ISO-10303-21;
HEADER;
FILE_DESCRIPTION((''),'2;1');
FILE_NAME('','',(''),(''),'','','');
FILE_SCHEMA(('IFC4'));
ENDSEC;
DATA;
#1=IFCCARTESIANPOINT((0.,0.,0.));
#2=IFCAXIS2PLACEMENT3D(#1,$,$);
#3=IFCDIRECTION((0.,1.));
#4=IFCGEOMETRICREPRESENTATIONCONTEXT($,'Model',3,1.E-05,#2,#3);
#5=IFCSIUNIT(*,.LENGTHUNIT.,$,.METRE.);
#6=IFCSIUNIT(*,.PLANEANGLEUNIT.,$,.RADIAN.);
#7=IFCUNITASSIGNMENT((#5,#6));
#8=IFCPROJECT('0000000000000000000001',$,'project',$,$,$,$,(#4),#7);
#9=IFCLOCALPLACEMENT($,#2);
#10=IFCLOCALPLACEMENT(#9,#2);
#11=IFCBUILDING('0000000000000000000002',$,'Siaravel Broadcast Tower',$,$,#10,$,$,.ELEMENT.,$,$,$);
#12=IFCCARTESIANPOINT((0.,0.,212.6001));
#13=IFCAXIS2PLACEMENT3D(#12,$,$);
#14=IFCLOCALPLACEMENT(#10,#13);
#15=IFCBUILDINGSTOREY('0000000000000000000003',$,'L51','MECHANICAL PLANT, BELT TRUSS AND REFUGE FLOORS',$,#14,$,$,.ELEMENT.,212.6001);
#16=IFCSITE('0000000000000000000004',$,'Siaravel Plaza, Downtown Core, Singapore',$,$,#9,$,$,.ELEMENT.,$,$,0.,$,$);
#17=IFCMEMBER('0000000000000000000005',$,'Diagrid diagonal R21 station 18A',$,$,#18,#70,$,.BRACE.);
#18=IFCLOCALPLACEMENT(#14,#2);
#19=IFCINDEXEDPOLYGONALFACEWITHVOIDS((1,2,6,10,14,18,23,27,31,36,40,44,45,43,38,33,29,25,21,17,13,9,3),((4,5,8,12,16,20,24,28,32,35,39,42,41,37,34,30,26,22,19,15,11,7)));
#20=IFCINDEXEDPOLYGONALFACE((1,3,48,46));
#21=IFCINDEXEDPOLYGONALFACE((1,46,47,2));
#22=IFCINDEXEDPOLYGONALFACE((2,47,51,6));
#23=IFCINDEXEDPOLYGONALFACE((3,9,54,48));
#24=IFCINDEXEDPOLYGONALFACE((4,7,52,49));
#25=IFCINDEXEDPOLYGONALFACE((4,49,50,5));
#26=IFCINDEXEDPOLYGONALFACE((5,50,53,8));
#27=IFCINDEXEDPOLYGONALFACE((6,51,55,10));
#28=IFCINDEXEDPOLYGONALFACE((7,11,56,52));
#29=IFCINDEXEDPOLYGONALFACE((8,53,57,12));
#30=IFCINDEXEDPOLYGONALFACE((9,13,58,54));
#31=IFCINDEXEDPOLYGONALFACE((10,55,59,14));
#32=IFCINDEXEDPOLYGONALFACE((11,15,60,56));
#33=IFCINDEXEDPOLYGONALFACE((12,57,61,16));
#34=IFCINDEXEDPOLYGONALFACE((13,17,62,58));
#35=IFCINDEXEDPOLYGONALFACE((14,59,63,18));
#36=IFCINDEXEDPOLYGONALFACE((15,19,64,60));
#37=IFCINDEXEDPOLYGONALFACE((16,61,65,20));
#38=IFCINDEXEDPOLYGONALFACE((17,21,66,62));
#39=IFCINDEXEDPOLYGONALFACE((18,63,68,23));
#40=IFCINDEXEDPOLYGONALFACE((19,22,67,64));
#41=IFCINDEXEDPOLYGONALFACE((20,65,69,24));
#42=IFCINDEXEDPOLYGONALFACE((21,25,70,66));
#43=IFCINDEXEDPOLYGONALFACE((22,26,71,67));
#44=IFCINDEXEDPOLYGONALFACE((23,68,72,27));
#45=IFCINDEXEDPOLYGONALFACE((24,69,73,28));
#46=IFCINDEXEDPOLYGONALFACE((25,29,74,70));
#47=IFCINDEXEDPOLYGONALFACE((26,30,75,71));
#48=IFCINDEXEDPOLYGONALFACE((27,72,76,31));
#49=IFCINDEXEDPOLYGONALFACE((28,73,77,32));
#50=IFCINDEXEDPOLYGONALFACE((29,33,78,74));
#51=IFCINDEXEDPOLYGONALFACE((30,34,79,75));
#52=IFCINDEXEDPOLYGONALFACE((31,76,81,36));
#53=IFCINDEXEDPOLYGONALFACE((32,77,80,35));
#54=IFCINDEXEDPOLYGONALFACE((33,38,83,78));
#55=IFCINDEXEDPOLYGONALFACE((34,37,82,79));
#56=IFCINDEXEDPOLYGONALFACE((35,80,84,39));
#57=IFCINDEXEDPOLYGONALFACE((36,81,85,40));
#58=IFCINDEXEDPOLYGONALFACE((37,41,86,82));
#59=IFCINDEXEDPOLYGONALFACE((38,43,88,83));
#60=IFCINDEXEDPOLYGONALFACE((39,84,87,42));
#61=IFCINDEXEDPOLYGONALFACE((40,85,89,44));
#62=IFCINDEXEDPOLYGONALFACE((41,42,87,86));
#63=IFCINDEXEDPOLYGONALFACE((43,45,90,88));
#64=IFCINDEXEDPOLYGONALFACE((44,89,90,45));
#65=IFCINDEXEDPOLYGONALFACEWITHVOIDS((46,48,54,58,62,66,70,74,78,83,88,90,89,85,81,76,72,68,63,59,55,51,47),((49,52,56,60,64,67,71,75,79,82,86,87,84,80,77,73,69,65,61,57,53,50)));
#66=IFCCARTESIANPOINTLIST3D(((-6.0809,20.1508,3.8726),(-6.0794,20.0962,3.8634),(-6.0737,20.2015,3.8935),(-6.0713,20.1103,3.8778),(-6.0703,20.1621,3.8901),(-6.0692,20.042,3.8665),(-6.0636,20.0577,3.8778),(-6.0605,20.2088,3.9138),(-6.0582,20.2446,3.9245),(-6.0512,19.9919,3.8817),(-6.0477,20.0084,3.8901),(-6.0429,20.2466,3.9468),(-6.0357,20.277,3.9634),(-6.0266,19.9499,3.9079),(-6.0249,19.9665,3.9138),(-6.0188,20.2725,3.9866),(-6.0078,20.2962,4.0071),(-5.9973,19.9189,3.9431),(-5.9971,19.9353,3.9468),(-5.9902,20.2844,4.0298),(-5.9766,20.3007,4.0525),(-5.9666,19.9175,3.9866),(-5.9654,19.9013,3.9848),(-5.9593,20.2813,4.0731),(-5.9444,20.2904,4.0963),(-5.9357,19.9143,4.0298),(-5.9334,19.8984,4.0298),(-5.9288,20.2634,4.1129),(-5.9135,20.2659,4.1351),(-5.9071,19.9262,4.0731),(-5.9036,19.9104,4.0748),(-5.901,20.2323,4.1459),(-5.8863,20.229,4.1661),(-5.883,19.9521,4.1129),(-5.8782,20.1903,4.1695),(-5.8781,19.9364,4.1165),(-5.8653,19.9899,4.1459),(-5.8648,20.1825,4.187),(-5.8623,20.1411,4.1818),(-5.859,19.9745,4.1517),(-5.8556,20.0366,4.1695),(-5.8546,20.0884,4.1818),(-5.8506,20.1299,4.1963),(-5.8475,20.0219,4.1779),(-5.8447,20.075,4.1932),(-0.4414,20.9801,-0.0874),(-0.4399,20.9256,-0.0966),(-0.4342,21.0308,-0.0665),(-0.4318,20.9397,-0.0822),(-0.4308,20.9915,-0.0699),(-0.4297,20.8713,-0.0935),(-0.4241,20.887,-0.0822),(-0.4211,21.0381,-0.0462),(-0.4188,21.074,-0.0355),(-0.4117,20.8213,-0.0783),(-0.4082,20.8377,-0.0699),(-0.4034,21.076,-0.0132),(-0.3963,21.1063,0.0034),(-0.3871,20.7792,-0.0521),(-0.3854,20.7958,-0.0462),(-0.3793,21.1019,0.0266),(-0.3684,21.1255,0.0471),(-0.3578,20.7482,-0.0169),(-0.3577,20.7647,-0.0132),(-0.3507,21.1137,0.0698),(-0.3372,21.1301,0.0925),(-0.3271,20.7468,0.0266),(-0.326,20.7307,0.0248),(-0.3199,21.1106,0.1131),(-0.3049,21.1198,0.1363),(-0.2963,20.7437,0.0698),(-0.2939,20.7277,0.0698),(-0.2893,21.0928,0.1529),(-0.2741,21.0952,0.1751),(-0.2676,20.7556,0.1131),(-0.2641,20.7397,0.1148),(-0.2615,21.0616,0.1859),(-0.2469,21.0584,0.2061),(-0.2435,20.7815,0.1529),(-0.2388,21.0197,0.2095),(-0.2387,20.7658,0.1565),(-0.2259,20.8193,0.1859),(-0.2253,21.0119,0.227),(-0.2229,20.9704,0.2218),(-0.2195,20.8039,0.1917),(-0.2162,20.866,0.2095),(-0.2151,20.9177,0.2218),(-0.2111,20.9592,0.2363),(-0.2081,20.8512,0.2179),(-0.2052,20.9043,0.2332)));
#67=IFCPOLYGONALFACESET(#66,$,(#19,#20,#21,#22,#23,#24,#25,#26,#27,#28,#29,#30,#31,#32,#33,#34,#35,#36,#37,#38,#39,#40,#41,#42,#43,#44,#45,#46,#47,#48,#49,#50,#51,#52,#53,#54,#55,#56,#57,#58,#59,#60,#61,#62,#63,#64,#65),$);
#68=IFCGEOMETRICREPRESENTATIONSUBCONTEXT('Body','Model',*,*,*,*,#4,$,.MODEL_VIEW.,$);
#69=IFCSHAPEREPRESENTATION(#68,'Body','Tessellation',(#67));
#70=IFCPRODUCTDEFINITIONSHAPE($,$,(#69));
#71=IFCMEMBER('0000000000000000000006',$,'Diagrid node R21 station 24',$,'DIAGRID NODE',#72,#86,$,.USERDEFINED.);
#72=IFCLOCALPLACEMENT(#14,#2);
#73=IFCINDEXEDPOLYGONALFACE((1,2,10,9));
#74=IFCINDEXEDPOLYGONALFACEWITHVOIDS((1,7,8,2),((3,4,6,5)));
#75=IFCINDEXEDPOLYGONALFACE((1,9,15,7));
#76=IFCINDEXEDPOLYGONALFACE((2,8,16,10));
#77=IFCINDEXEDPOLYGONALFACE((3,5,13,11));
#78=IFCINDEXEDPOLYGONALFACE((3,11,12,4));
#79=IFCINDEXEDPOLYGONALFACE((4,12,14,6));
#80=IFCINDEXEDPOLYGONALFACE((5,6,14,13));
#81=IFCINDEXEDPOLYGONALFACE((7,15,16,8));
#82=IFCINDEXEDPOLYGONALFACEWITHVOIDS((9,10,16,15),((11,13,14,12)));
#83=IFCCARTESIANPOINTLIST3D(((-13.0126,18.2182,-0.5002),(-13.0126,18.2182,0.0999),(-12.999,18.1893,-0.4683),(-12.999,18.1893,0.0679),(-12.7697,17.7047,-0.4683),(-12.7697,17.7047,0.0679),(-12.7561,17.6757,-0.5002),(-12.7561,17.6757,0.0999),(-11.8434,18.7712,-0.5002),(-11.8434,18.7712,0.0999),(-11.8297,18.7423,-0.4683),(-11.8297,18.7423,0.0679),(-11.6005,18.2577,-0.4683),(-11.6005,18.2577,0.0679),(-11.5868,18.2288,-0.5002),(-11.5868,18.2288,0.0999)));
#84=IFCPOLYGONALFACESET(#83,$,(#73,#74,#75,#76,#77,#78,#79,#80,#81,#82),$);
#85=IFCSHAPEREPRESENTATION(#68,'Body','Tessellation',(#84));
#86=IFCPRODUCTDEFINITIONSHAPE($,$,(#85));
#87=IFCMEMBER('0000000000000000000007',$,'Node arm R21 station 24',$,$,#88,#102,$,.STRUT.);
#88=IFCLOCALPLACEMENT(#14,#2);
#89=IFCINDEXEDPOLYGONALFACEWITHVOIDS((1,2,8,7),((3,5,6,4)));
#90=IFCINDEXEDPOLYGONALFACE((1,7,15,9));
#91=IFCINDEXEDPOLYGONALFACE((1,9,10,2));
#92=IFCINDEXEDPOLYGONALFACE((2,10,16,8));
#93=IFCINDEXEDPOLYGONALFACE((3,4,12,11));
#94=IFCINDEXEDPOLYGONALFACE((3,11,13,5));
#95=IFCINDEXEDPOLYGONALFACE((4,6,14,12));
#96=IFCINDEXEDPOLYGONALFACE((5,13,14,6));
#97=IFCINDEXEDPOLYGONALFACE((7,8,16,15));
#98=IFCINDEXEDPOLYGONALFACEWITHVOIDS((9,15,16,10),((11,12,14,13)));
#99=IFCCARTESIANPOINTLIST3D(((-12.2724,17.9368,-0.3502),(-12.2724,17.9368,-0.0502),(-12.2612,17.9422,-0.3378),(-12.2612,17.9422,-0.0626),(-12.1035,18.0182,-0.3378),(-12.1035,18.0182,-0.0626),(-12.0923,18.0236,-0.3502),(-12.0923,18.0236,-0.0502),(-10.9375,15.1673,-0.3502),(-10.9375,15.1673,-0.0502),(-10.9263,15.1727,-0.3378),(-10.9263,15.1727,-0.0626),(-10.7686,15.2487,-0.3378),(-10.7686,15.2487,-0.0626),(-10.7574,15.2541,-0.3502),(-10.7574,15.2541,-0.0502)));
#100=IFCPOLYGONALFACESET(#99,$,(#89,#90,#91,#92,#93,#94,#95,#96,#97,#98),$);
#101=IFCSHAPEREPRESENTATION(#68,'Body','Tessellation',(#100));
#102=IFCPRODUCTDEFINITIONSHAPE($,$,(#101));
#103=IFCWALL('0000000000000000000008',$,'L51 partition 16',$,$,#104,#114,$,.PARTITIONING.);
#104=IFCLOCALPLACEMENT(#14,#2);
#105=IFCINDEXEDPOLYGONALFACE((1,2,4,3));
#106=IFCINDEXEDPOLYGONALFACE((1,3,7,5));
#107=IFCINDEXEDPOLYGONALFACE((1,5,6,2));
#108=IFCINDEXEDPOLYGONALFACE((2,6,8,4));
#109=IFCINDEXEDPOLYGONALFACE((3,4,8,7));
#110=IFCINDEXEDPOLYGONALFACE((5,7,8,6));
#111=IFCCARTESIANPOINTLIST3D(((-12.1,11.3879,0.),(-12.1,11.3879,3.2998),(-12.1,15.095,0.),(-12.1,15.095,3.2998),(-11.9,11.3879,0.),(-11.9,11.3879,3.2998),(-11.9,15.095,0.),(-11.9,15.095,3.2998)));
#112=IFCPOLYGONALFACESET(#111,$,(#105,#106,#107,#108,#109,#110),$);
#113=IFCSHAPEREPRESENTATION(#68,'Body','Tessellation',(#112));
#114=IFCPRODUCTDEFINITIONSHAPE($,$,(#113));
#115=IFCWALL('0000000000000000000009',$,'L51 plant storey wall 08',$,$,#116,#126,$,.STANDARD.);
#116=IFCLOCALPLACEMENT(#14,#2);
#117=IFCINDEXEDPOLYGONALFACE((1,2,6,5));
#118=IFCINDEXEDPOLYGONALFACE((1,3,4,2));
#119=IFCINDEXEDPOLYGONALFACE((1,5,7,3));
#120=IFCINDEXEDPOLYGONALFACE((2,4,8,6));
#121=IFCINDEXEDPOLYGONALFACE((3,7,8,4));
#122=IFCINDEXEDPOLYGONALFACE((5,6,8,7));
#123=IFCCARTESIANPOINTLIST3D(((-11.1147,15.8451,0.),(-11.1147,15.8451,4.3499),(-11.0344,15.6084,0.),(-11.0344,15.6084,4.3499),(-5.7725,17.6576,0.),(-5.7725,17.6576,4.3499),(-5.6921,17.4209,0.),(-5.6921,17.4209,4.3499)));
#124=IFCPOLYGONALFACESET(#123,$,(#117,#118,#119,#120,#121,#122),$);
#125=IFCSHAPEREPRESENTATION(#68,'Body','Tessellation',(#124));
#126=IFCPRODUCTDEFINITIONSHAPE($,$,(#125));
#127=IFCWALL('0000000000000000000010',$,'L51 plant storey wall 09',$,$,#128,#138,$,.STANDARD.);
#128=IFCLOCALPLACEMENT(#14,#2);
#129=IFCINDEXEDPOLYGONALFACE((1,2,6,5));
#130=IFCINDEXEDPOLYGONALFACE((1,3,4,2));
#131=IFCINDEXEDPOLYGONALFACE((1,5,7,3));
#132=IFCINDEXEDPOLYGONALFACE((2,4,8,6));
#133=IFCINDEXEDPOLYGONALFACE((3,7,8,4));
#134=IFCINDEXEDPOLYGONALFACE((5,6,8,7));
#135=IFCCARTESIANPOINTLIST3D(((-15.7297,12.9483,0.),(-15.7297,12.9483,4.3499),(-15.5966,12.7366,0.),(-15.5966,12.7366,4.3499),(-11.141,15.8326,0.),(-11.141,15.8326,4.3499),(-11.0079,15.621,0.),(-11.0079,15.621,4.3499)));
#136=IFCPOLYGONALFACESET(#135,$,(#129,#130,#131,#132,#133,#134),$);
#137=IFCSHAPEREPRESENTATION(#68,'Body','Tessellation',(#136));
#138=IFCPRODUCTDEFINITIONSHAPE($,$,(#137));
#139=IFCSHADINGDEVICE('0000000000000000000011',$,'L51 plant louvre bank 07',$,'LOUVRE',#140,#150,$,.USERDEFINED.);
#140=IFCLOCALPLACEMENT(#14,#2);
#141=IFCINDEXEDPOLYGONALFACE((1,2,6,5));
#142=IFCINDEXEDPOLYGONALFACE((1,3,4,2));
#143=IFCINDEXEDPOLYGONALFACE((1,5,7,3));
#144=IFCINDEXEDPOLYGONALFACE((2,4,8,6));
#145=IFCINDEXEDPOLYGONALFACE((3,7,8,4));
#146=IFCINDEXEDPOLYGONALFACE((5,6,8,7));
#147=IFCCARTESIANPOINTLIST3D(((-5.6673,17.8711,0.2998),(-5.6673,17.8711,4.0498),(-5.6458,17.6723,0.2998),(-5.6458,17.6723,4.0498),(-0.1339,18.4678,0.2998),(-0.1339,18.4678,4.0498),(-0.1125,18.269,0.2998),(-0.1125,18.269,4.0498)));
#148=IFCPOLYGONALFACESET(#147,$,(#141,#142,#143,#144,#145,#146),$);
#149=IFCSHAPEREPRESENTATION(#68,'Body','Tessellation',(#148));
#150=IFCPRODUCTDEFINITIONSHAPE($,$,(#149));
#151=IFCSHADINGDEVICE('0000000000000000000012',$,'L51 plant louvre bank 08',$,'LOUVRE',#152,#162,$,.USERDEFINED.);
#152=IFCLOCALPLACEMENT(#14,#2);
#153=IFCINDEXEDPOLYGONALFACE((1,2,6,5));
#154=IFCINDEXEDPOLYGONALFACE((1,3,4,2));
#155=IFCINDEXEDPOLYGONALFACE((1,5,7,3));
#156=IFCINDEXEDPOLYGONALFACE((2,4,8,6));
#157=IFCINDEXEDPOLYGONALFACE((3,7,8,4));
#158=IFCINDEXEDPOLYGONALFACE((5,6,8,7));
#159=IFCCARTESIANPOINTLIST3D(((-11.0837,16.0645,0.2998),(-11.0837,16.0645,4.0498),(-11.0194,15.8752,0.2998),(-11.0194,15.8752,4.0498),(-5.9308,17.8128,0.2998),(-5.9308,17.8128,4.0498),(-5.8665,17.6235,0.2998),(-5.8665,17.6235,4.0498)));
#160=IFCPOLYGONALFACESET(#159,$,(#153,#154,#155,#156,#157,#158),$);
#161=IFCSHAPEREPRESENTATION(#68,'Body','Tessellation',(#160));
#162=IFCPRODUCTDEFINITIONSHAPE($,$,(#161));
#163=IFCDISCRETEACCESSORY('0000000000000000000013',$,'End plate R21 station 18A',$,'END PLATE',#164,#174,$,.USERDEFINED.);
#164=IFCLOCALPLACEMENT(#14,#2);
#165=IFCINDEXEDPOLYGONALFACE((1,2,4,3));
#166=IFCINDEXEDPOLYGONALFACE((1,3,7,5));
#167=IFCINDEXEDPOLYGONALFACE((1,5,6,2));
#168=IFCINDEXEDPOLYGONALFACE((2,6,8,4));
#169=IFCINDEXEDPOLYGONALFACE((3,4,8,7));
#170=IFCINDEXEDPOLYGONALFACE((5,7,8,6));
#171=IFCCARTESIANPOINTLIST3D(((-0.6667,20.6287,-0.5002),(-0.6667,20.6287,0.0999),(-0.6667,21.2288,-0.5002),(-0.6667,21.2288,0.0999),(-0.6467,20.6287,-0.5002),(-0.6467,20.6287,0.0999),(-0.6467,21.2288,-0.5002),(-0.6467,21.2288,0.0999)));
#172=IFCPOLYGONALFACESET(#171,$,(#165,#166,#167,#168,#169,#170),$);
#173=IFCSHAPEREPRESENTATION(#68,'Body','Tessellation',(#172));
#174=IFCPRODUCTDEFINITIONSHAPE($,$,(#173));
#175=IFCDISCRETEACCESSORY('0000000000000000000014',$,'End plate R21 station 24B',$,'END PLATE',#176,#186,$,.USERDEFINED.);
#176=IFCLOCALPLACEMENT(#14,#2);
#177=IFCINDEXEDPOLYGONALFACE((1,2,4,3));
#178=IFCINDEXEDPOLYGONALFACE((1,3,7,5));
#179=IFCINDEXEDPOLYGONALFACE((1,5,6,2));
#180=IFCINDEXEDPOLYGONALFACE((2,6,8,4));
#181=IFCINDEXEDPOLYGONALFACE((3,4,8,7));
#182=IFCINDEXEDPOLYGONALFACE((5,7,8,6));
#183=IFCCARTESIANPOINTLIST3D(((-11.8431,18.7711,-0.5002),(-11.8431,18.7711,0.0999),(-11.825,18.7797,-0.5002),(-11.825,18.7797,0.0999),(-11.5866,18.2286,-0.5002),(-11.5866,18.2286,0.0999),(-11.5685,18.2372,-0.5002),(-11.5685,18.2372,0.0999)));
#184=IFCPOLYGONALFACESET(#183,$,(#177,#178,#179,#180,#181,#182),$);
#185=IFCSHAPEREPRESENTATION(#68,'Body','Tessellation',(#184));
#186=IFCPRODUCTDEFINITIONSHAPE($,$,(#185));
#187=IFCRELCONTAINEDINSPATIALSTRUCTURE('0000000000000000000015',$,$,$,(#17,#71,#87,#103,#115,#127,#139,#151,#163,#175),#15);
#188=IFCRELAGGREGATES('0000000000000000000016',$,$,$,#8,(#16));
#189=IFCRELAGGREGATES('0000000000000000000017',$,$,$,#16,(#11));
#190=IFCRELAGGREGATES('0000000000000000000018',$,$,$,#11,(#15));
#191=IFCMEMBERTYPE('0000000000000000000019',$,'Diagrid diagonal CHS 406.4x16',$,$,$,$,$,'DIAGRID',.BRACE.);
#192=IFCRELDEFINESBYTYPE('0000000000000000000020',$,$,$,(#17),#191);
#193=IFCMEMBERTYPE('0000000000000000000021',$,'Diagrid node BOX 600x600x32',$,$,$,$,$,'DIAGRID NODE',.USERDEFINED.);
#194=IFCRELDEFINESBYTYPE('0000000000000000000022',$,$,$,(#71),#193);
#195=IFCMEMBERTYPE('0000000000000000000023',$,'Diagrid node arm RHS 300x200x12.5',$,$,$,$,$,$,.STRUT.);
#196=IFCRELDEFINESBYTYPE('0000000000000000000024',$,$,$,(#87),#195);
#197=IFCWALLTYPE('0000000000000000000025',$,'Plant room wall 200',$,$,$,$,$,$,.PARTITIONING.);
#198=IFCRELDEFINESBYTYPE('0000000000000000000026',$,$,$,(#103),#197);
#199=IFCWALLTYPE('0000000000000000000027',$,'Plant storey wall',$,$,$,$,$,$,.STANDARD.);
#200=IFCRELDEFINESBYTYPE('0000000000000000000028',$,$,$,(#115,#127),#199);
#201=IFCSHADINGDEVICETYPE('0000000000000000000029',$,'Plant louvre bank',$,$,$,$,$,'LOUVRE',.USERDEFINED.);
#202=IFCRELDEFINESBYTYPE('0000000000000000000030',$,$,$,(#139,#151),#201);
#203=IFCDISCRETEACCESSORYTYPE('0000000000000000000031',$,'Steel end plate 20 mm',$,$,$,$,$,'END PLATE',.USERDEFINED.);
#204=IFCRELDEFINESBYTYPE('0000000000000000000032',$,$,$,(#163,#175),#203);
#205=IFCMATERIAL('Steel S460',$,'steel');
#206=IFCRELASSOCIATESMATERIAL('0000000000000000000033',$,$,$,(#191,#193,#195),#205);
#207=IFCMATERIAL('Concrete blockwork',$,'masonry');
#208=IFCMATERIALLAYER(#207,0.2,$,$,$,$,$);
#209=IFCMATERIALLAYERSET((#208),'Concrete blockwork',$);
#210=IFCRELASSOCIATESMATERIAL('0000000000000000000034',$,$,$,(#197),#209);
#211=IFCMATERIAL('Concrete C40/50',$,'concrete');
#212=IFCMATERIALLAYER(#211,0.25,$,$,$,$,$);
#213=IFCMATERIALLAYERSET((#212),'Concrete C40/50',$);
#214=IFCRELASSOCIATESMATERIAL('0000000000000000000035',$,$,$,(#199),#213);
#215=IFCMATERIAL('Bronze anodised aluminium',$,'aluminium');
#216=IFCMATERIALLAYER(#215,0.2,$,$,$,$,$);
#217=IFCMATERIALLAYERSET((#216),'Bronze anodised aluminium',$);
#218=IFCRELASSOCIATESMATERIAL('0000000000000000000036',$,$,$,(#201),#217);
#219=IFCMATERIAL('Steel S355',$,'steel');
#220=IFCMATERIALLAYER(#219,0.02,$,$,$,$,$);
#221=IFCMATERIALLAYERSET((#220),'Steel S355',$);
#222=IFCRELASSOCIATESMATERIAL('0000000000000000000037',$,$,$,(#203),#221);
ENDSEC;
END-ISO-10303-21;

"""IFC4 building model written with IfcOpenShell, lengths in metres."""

from ifc_helpers import new_model, si_unit, direction, frame, frame_2d, origin, origin_2d, place, context, subcontext, project, spatial, rectangle, hollow_rectangle, hollow_circle, extrude, material, layer, layer_set, material_profile, profile_set, type_object, element, save


model = new_model("IFC4")

# Units and contexts
model_context = context("Model", 3, precision=1e-05, world=origin(), true_north=direction((0.0, 1.0)))
body_context = subcontext(model_context, "Body", "Model", "MODEL_VIEW")
ifc_project = project(units=[si_unit("LENGTHUNIT", "METRE"), si_unit("PLANEANGLEUNIT", "RADIAN")], contexts=[model_context])

# Site, building, storey
site_placement = place(None, origin())
site = spatial("IfcSite", under=ifc_project, at=site_placement, Name="Siaravel Plaza, Downtown Core, Singapore", CompositionType="ELEMENT", RefElevation=0.0)
building_placement = place(site_placement, origin())
building = spatial("IfcBuilding", under=site, at=building_placement, Name="Siaravel Broadcast Tower", CompositionType="ELEMENT")
storey_placement = place(building_placement, frame((0.0, 0.0, 212.6001)))
storey = spatial("IfcBuildingStorey", under=building, at=storey_placement, Name="L51", Description="MECHANICAL PLANT, BELT TRUSS AND REFUGE FLOORS", CompositionType="ELEMENT", Elevation=212.6001)

# Shared definitions
ifc_material_1 = material(Name="Steel S355", Category="steel")
ifc_material_2 = material(Name="Steel S460", Category="steel")

# Members
ifc_material_profile_1 = material_profile(ifc_material_2, hollow_circle(Radius=0.2031, WallThickness=0.0161, at=origin_2d()))
ifc_profile_set_1 = profile_set([ifc_material_profile_1], Name="Steel S460")
member_type_1 = type_object("IfcMemberType", Name="Diagrid diagonal CHS 406.4x16", ElementType="DIAGRID", PredefinedType="BRACE", material=ifc_profile_set_1)
member_1_placement = place(storey_placement, frame((-0.3235, 20.9287, 0.0698), z_axis=(-0.812524, -0.119492, 0.57055), x_axis=(0.145498, -0.989359, 0.0)))
element("IfcMember", 1, at=member_1_placement, inside=storey, type_object=member_type_1, Name="Diagrid diagonal R21 station 18A", PredefinedType="BRACE", context=body_context, shape_type="SweptSolid", body=[
    extrude(hollow_circle(Radius=0.2031, WallThickness=0.0161, at=origin_2d()), origin(), (0.0, 0.0, 1.0), 6.9407),
])
ifc_material_profile_2 = material_profile(ifc_material_2, hollow_rectangle(XDim=0.6001, YDim=0.6001, WallThickness=0.032, at=origin_2d()))
ifc_profile_set_2 = profile_set([ifc_material_profile_2], Name="Steel S460")
member_type_2 = type_object("IfcMemberType", Name="Diagrid node BOX 600x600x32", ElementType="DIAGRID NODE", PredefinedType="USERDEFINED", material=ifc_profile_set_2)
member_2_placement = place(storey_placement, frame((-11.7151, 18.5, -0.2002), z_axis=(-0.903991, -0.427551, 0.0), x_axis=(0.427551, -0.903991, 0.0)))
element("IfcMember", 2, at=member_2_placement, inside=storey, type_object=member_type_2, Name="Diagrid node R21 station 24", ObjectType="DIAGRID NODE", PredefinedType="USERDEFINED", context=body_context, shape_type="SweptSolid", body=[
    extrude(hollow_rectangle(XDim=0.6001, YDim=0.6001, WallThickness=0.032, at=origin_2d()), origin(), (0.0, 0.0, 1.0), 1.2935),
])
ifc_material_profile_3 = material_profile(ifc_material_2, hollow_rectangle(XDim=0.2, YDim=0.3, WallThickness=0.0125, at=origin_2d()))
ifc_profile_set_3 = profile_set([ifc_material_profile_3], Name="Steel S460")
member_type_3 = type_object("IfcMemberType", Name="Diagrid node arm RHS 300x200x12.5", PredefinedType="STRUT", material=ifc_profile_set_3)
member_3_placement = place(storey_placement, frame((-10.8474, 15.2107, -0.2002), z_axis=(-0.434207, 0.900813, 0.0), x_axis=(-0.900813, -0.434207, 0.0)))
element("IfcMember", 3, at=member_3_placement, inside=storey, type_object=member_type_3, Name="Node arm R21 station 24", PredefinedType="STRUT", context=body_context, shape_type="SweptSolid", body=[
    extrude(hollow_rectangle(XDim=0.2, YDim=0.3, WallThickness=0.0125, at=origin_2d()), origin(), (0.0, 0.0, 1.0), 3.0745),
])

# Walls
ifc_material_3 = material(Name="Concrete blockwork", Category="masonry")
ifc_layer_1 = layer(ifc_material_3, 0.2)
ifc_layer_set_1 = layer_set([ifc_layer_1], Name="Concrete blockwork")
wall_type_1 = type_object("IfcWallType", Name="Plant room wall 200", PredefinedType="PARTITIONING", material=ifc_layer_set_1)
wall_1_placement = place(storey_placement, frame((-12.0, 15.095, 0.0), z_axis=(0.0, 0.0, 1.0), x_axis=(0.0, -1.0, 0.0)))
element("IfcWall", 4, at=wall_1_placement, inside=storey, type_object=wall_type_1, Name="L51 partition 16", PredefinedType="PARTITIONING", context=body_context, shape_type="SweptSolid", body=[
    extrude(rectangle(XDim=3.707, YDim=0.2, at=frame_2d((1.8535, 0.0))), origin(), (0.0, 0.0, 1.0), 3.2998),
])
ifc_material_4 = material(Name="Concrete C40/50", Category="concrete")
ifc_layer_2 = layer(ifc_material_4, 0.25)
ifc_layer_set_2 = layer_set([ifc_layer_2], Name="Concrete C40/50")
wall_type_2 = type_object("IfcWallType", Name="Plant storey wall", PredefinedType="STANDARD", material=ifc_layer_set_2)
wall_2_placement = place(storey_placement, frame((-5.7322, 17.5393, 0.0), z_axis=(0.0, 0.0, 1.0), x_axis=(-0.946982, -0.321287, 0.0)))
element("IfcWall", 5, at=wall_2_placement, inside=storey, type_object=wall_type_2, Name="L51 plant storey wall 08", PredefinedType="STANDARD", context=body_context, shape_type="SweptSolid", body=[
    extrude(rectangle(XDim=5.6414, YDim=0.25, at=frame_2d((2.8208, 0.0))), origin(), (0.0, 0.0, 1.0), 4.3499),
])
wall_3_placement = place(storey_placement, frame((-11.0745, 15.7268, 0.0), z_axis=(0.0, 0.0, 1.0), x_axis=(-0.846637, -0.532172, 0.0)))
element("IfcWall", 6, at=wall_3_placement, inside=storey, type_object=wall_type_2, Name="L51 plant storey wall 09", PredefinedType="STANDARD", context=body_context, shape_type="SweptSolid", body=[
    extrude(rectangle(XDim=5.4199, YDim=0.25, at=frame_2d((2.71, 0.0))), origin(), (0.0, 0.0, 1.0), 4.3499),
])

# Shading devices
ifc_material_5 = material(Name="Bronze anodised aluminium", Category="aluminium")
ifc_layer_3 = layer(ifc_material_5, 0.2)
ifc_layer_set_3 = layer_set([ifc_layer_3], Name="Bronze anodised aluminium")
shading_device_type = type_object("IfcShadingDeviceType", Name="Plant louvre bank", ElementType="LOUVRE", PredefinedType="USERDEFINED", material=ifc_layer_set_3)
shading_device_1_placement = place(storey_placement, frame((-2.8899, 18.0701, 0.2998), z_axis=(0.0, 0.0, 1.0), x_axis=(-0.994236, -0.107217, 0.0)))
element("IfcShadingDevice", 7, at=shading_device_1_placement, inside=storey, type_object=shading_device_type, Name="L51 plant louvre bank 07", ObjectType="LOUVRE", PredefinedType="USERDEFINED", context=body_context, shape_type="SweptSolid", body=[
    extrude(rectangle(XDim=5.5654, YDim=0.2, at=origin_2d()), origin(), (0.0, 0.0, 1.0), 3.75),
])
shading_device_2_placement = place(storey_placement, frame((-8.4751, 16.844, 0.2998), z_axis=(0.0, 0.0, 1.0), x_axis=(-0.946977, -0.321301, 0.0)))
element("IfcShadingDevice", 8, at=shading_device_2_placement, inside=storey, type_object=shading_device_type, Name="L51 plant louvre bank 08", ObjectType="LOUVRE", PredefinedType="USERDEFINED", context=body_context, shape_type="SweptSolid", body=[
    extrude(rectangle(XDim=5.4414, YDim=0.2, at=origin_2d()), origin(), (0.0, 0.0, 1.0), 3.75),
])

# Discrete accessories
ifc_layer_4 = layer(ifc_material_1, 0.02)
ifc_layer_set_4 = layer_set([ifc_layer_4], Name="Steel S355")
discrete_accessory_type = type_object("IfcDiscreteAccessoryType", Name="Steel end plate 20 mm", ElementType="END PLATE", PredefinedType="USERDEFINED", material=ifc_layer_set_4)
for number, where, z_axis, x_axis, name in (
    (9, (-0.6567, 20.9287, -0.5002), (0.0, 0.0, 1.0), (-1.0, 0.0, 0.0), "End plate R21 station 18A"),
    (10, (-11.7058, 18.5042, -0.5002), (0.0, 0.0, 1.0), (-0.904006, -0.427519, 0.0), "End plate R21 station 24B"),
):
    element("IfcDiscreteAccessory", number, at=place(storey_placement, frame(where, z_axis=z_axis, x_axis=x_axis)), inside=storey, type_object=discrete_accessory_type, Name=name, ObjectType="END PLATE", PredefinedType="USERDEFINED", context=body_context, shape_type="SweptSolid", body=[
        extrude(rectangle(XDim=0.02, YDim=0.6001, at=origin_2d()), origin(), (0.0, 0.0, 1.0), 0.6001),
    ])

save(model, "model.ifc")
